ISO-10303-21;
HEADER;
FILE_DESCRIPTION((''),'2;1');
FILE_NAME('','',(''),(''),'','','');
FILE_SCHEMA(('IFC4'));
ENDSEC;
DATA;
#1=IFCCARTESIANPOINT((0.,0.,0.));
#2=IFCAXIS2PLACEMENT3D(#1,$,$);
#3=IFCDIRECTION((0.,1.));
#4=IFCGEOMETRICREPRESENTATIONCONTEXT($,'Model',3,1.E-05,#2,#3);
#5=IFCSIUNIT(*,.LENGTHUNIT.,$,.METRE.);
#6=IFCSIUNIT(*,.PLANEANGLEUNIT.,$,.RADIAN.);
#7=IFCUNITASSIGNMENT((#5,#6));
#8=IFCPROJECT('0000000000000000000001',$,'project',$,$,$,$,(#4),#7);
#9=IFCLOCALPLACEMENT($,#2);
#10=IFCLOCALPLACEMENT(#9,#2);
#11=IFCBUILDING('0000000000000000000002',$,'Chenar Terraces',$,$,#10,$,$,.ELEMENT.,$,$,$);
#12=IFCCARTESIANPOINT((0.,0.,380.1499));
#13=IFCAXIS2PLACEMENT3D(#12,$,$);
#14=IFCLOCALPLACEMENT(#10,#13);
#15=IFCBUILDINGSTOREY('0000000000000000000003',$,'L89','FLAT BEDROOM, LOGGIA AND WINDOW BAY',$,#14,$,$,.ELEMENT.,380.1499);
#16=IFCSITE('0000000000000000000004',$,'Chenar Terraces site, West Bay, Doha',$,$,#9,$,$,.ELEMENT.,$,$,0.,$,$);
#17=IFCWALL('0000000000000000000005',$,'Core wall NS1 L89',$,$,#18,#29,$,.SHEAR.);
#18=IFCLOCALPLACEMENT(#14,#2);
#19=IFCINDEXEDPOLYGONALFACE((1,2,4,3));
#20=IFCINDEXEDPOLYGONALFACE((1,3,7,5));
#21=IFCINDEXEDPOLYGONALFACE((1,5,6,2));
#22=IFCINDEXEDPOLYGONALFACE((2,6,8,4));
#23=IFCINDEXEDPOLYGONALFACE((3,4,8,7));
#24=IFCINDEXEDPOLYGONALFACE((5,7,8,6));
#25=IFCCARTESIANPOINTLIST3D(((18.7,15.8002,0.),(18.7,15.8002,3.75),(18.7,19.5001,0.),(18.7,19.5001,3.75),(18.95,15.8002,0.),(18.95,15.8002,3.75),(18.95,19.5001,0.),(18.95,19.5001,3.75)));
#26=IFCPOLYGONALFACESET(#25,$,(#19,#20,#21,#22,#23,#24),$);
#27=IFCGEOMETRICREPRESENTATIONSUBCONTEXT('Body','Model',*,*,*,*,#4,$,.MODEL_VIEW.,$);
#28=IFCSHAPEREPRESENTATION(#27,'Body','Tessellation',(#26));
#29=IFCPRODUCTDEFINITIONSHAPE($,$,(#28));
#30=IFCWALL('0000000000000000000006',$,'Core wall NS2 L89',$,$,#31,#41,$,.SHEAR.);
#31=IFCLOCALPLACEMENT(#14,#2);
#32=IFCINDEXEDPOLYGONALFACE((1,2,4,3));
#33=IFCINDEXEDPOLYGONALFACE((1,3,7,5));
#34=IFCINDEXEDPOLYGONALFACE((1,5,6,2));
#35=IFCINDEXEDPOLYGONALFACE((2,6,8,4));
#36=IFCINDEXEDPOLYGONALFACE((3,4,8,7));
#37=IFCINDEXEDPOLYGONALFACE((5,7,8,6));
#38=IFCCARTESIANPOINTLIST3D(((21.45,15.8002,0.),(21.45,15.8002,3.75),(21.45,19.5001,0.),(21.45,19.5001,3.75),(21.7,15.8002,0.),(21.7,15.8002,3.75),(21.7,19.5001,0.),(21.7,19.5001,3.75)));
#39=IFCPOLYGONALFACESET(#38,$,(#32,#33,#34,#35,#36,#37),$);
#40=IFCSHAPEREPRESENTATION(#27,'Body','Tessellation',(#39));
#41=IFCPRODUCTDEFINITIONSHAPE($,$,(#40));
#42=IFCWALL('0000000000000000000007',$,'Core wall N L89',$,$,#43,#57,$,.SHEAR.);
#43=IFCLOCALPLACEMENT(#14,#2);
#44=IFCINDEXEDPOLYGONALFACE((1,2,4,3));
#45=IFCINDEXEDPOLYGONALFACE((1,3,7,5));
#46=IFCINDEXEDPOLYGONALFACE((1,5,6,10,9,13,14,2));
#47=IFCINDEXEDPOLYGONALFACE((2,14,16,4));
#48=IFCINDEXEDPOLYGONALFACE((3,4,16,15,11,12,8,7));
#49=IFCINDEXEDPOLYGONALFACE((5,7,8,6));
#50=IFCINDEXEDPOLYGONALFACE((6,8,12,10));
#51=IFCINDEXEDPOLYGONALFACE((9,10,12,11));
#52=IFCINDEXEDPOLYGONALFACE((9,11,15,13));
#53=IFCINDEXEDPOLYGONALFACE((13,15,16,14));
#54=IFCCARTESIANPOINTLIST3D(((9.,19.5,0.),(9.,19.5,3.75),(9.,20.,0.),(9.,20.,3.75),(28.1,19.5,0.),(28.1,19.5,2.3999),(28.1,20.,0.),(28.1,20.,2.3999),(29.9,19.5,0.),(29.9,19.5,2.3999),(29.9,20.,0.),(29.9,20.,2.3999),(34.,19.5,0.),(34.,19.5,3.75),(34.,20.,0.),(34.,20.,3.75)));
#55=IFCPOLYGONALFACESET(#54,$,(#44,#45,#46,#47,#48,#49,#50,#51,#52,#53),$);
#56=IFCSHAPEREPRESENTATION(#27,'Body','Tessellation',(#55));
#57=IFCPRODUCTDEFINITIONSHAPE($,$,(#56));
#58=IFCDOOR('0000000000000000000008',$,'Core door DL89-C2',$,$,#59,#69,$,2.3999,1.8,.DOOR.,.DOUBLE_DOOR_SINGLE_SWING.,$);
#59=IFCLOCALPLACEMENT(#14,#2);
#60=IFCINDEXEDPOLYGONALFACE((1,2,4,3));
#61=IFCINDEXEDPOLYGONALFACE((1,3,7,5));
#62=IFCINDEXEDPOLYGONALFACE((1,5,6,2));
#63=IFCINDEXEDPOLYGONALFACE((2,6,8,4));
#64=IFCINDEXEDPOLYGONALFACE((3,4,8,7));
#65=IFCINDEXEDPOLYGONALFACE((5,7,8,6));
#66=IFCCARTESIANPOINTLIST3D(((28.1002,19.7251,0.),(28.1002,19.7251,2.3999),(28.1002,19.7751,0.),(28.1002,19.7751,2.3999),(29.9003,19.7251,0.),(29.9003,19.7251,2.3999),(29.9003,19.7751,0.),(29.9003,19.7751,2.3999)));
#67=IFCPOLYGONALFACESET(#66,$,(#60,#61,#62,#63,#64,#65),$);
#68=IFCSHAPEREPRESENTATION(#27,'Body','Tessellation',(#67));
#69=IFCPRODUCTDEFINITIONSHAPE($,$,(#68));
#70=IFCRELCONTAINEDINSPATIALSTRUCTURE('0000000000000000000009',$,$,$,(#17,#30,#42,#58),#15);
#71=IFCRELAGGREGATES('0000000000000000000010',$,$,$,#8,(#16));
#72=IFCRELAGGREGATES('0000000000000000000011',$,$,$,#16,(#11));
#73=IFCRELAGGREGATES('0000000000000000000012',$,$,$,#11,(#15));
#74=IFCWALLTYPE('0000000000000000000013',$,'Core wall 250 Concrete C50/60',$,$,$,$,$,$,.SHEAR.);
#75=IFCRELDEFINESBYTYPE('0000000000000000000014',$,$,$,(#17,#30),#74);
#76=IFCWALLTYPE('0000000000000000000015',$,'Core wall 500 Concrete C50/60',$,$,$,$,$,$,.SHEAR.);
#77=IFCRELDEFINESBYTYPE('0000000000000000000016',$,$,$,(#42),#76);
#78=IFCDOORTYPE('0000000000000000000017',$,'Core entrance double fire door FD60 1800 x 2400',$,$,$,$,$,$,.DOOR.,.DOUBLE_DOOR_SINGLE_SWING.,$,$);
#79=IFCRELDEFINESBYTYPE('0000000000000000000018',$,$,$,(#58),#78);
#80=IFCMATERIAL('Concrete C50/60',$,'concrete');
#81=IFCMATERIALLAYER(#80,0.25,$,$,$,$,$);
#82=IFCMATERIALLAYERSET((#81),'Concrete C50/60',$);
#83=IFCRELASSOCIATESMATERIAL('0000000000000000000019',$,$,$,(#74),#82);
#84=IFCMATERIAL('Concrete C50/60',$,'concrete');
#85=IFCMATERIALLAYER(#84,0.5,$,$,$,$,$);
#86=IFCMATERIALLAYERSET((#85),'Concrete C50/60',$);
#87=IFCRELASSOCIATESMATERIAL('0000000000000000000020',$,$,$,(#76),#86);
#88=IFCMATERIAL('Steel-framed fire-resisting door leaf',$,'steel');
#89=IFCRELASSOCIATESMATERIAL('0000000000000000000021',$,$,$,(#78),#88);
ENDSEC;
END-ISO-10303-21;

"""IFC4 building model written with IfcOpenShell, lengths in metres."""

from ifc_helpers import new_model, si_unit, direction, frame, frame_2d, origin, place, context, subcontext, project, spatial, rectangle, extrude, material, layer, layer_set, type_object, element, fill, save


model = new_model("IFC4")

# Units and contexts
model_context = context("Model", 3, precision=1e-05, world=origin(), true_north=direction((0.0, 1.0)))
body_context = subcontext(model_context, "Body", "Model", "MODEL_VIEW")
ifc_project = project(units=[si_unit("LENGTHUNIT", "METRE"), si_unit("PLANEANGLEUNIT", "RADIAN")], contexts=[model_context])

# Site, building, storey
site_placement = place(None, origin())
site = spatial("IfcSite", under=ifc_project, at=site_placement, Name="Chenar Terraces site, West Bay, Doha", CompositionType="ELEMENT", RefElevation=0.0)
building_placement = place(site_placement, origin())
building = spatial("IfcBuilding", under=site, at=building_placement, Name="Chenar Terraces", CompositionType="ELEMENT")
storey_placement = place(building_placement, frame((0.0, 0.0, 380.1499)))
storey = spatial("IfcBuildingStorey", under=building, at=storey_placement, Name="L89", Description="FLAT BEDROOM, LOGGIA AND WINDOW BAY", CompositionType="ELEMENT", Elevation=380.1499)

# Shared definitions
ifc_material_1 = material(Name="Concrete C50/60", Category="concrete")
ifc_layer_1 = layer(ifc_material_1, 0.25)
ifc_layer_set_1 = layer_set([ifc_layer_1], Name="Concrete C50/60")
wall_type_1 = type_object("IfcWallType", Name="Core wall 250 Concrete C50/60", PredefinedType="SHEAR", material=ifc_layer_set_1)

# Walls
for number, where, z_axis, x_axis, name in (
    (1, (18.825, 15.8, 0.0), (0.0, 0.0, 1.0), (0.0, 1.0, 0.0), "Core wall NS1 L89"),
    (2, (21.575, 15.8, 0.0), (0.0, 0.0, 1.0), (0.0, 1.0, 0.0), "Core wall NS2 L89"),
):
    element("IfcWall", number, at=place(storey_placement, frame(where, z_axis=z_axis, x_axis=x_axis)), inside=storey, type_object=wall_type_1, Name=name, PredefinedType="SHEAR", context=body_context, shape_type="SweptSolid", body=[
        extrude(rectangle(XDim=3.7, YDim=0.25, at=frame_2d((1.8501, 0.0))), origin(), (0.0, 0.0, 1.0), 3.75),
    ])

# Wall, opening, door
ifc_material_2 = material(Name="Concrete C50/60", Category="concrete")
ifc_layer_2 = layer(ifc_material_2, 0.5)
ifc_layer_set_2 = layer_set([ifc_layer_2], Name="Concrete C50/60")
wall_type_2 = type_object("IfcWallType", Name="Core wall 500 Concrete C50/60", PredefinedType="SHEAR", material=ifc_layer_set_2)
wall_1_placement = place(storey_placement, frame((9.0, 19.75, 0.0), z_axis=(0.0, 0.0, 1.0), x_axis=(1.0, 0.0, 0.0)))
wall_1 = element("IfcWall", 3, at=wall_1_placement, inside=storey, type_object=wall_type_2, Name="Core wall N L89", PredefinedType="SHEAR", context=body_context, shape_type="SweptSolid", body=[
    extrude(rectangle(XDim=25.0, YDim=0.5, at=frame_2d((12.5, 0.0))), origin(), (0.0, 0.0, 1.0), 3.75),
])
opening_1_placement = place(wall_1_placement, frame((19.1001, 0.0, 0.0)))
opening_1 = element("IfcOpeningElement", 4, at=opening_1_placement, cuts=wall_1, PredefinedType="OPENING", context=body_context, shape_type="SweptSolid", body=[
    extrude(rectangle(XDim=1.8, YDim=2.3999, at=frame_2d((0.8999, 1.2))), frame((0.0, 0.26, 0.0), z_axis=(0.0, -1.0, 0.0), x_axis=(1.0, 0.0, 0.0)), (0.0, 0.0, 1.0), 0.52),
])
ifc_material_3 = material(Name="Steel-framed fire-resisting door leaf", Category="steel")
door_type_1 = type_object("IfcDoorType", Name="Core entrance double fire door FD60 1800 x 2400", OperationType="DOUBLE_DOOR_SINGLE_SWING", PredefinedType="DOOR", material=ifc_material_3)
door_1_placement = place(opening_1_placement, frame((1.8, 0.0, 0.0), z_axis=(0.0, 0.0, 1.0), x_axis=(-1.0, 0.0, 0.0)))
door_1 = element("IfcDoor", 5, at=door_1_placement, inside=storey, type_object=door_type_1, Name="Core door DL89-C2", OperationType="DOUBLE_DOOR_SINGLE_SWING", OverallHeight=2.3999, OverallWidth=1.8, PredefinedType="DOOR", context=body_context, shape_type="SweptSolid", body=[
    extrude(rectangle(XDim=1.8, YDim=2.3999, at=frame_2d((0.8999, 1.2))), frame((0.0, 0.0249, 0.0), z_axis=(0.0, -1.0, 0.0), x_axis=(1.0, 0.0, 0.0)), (0.0, 0.0, 1.0), 0.05),
])
fill(opening_1, door_1)

save(model, "model.ifc")
